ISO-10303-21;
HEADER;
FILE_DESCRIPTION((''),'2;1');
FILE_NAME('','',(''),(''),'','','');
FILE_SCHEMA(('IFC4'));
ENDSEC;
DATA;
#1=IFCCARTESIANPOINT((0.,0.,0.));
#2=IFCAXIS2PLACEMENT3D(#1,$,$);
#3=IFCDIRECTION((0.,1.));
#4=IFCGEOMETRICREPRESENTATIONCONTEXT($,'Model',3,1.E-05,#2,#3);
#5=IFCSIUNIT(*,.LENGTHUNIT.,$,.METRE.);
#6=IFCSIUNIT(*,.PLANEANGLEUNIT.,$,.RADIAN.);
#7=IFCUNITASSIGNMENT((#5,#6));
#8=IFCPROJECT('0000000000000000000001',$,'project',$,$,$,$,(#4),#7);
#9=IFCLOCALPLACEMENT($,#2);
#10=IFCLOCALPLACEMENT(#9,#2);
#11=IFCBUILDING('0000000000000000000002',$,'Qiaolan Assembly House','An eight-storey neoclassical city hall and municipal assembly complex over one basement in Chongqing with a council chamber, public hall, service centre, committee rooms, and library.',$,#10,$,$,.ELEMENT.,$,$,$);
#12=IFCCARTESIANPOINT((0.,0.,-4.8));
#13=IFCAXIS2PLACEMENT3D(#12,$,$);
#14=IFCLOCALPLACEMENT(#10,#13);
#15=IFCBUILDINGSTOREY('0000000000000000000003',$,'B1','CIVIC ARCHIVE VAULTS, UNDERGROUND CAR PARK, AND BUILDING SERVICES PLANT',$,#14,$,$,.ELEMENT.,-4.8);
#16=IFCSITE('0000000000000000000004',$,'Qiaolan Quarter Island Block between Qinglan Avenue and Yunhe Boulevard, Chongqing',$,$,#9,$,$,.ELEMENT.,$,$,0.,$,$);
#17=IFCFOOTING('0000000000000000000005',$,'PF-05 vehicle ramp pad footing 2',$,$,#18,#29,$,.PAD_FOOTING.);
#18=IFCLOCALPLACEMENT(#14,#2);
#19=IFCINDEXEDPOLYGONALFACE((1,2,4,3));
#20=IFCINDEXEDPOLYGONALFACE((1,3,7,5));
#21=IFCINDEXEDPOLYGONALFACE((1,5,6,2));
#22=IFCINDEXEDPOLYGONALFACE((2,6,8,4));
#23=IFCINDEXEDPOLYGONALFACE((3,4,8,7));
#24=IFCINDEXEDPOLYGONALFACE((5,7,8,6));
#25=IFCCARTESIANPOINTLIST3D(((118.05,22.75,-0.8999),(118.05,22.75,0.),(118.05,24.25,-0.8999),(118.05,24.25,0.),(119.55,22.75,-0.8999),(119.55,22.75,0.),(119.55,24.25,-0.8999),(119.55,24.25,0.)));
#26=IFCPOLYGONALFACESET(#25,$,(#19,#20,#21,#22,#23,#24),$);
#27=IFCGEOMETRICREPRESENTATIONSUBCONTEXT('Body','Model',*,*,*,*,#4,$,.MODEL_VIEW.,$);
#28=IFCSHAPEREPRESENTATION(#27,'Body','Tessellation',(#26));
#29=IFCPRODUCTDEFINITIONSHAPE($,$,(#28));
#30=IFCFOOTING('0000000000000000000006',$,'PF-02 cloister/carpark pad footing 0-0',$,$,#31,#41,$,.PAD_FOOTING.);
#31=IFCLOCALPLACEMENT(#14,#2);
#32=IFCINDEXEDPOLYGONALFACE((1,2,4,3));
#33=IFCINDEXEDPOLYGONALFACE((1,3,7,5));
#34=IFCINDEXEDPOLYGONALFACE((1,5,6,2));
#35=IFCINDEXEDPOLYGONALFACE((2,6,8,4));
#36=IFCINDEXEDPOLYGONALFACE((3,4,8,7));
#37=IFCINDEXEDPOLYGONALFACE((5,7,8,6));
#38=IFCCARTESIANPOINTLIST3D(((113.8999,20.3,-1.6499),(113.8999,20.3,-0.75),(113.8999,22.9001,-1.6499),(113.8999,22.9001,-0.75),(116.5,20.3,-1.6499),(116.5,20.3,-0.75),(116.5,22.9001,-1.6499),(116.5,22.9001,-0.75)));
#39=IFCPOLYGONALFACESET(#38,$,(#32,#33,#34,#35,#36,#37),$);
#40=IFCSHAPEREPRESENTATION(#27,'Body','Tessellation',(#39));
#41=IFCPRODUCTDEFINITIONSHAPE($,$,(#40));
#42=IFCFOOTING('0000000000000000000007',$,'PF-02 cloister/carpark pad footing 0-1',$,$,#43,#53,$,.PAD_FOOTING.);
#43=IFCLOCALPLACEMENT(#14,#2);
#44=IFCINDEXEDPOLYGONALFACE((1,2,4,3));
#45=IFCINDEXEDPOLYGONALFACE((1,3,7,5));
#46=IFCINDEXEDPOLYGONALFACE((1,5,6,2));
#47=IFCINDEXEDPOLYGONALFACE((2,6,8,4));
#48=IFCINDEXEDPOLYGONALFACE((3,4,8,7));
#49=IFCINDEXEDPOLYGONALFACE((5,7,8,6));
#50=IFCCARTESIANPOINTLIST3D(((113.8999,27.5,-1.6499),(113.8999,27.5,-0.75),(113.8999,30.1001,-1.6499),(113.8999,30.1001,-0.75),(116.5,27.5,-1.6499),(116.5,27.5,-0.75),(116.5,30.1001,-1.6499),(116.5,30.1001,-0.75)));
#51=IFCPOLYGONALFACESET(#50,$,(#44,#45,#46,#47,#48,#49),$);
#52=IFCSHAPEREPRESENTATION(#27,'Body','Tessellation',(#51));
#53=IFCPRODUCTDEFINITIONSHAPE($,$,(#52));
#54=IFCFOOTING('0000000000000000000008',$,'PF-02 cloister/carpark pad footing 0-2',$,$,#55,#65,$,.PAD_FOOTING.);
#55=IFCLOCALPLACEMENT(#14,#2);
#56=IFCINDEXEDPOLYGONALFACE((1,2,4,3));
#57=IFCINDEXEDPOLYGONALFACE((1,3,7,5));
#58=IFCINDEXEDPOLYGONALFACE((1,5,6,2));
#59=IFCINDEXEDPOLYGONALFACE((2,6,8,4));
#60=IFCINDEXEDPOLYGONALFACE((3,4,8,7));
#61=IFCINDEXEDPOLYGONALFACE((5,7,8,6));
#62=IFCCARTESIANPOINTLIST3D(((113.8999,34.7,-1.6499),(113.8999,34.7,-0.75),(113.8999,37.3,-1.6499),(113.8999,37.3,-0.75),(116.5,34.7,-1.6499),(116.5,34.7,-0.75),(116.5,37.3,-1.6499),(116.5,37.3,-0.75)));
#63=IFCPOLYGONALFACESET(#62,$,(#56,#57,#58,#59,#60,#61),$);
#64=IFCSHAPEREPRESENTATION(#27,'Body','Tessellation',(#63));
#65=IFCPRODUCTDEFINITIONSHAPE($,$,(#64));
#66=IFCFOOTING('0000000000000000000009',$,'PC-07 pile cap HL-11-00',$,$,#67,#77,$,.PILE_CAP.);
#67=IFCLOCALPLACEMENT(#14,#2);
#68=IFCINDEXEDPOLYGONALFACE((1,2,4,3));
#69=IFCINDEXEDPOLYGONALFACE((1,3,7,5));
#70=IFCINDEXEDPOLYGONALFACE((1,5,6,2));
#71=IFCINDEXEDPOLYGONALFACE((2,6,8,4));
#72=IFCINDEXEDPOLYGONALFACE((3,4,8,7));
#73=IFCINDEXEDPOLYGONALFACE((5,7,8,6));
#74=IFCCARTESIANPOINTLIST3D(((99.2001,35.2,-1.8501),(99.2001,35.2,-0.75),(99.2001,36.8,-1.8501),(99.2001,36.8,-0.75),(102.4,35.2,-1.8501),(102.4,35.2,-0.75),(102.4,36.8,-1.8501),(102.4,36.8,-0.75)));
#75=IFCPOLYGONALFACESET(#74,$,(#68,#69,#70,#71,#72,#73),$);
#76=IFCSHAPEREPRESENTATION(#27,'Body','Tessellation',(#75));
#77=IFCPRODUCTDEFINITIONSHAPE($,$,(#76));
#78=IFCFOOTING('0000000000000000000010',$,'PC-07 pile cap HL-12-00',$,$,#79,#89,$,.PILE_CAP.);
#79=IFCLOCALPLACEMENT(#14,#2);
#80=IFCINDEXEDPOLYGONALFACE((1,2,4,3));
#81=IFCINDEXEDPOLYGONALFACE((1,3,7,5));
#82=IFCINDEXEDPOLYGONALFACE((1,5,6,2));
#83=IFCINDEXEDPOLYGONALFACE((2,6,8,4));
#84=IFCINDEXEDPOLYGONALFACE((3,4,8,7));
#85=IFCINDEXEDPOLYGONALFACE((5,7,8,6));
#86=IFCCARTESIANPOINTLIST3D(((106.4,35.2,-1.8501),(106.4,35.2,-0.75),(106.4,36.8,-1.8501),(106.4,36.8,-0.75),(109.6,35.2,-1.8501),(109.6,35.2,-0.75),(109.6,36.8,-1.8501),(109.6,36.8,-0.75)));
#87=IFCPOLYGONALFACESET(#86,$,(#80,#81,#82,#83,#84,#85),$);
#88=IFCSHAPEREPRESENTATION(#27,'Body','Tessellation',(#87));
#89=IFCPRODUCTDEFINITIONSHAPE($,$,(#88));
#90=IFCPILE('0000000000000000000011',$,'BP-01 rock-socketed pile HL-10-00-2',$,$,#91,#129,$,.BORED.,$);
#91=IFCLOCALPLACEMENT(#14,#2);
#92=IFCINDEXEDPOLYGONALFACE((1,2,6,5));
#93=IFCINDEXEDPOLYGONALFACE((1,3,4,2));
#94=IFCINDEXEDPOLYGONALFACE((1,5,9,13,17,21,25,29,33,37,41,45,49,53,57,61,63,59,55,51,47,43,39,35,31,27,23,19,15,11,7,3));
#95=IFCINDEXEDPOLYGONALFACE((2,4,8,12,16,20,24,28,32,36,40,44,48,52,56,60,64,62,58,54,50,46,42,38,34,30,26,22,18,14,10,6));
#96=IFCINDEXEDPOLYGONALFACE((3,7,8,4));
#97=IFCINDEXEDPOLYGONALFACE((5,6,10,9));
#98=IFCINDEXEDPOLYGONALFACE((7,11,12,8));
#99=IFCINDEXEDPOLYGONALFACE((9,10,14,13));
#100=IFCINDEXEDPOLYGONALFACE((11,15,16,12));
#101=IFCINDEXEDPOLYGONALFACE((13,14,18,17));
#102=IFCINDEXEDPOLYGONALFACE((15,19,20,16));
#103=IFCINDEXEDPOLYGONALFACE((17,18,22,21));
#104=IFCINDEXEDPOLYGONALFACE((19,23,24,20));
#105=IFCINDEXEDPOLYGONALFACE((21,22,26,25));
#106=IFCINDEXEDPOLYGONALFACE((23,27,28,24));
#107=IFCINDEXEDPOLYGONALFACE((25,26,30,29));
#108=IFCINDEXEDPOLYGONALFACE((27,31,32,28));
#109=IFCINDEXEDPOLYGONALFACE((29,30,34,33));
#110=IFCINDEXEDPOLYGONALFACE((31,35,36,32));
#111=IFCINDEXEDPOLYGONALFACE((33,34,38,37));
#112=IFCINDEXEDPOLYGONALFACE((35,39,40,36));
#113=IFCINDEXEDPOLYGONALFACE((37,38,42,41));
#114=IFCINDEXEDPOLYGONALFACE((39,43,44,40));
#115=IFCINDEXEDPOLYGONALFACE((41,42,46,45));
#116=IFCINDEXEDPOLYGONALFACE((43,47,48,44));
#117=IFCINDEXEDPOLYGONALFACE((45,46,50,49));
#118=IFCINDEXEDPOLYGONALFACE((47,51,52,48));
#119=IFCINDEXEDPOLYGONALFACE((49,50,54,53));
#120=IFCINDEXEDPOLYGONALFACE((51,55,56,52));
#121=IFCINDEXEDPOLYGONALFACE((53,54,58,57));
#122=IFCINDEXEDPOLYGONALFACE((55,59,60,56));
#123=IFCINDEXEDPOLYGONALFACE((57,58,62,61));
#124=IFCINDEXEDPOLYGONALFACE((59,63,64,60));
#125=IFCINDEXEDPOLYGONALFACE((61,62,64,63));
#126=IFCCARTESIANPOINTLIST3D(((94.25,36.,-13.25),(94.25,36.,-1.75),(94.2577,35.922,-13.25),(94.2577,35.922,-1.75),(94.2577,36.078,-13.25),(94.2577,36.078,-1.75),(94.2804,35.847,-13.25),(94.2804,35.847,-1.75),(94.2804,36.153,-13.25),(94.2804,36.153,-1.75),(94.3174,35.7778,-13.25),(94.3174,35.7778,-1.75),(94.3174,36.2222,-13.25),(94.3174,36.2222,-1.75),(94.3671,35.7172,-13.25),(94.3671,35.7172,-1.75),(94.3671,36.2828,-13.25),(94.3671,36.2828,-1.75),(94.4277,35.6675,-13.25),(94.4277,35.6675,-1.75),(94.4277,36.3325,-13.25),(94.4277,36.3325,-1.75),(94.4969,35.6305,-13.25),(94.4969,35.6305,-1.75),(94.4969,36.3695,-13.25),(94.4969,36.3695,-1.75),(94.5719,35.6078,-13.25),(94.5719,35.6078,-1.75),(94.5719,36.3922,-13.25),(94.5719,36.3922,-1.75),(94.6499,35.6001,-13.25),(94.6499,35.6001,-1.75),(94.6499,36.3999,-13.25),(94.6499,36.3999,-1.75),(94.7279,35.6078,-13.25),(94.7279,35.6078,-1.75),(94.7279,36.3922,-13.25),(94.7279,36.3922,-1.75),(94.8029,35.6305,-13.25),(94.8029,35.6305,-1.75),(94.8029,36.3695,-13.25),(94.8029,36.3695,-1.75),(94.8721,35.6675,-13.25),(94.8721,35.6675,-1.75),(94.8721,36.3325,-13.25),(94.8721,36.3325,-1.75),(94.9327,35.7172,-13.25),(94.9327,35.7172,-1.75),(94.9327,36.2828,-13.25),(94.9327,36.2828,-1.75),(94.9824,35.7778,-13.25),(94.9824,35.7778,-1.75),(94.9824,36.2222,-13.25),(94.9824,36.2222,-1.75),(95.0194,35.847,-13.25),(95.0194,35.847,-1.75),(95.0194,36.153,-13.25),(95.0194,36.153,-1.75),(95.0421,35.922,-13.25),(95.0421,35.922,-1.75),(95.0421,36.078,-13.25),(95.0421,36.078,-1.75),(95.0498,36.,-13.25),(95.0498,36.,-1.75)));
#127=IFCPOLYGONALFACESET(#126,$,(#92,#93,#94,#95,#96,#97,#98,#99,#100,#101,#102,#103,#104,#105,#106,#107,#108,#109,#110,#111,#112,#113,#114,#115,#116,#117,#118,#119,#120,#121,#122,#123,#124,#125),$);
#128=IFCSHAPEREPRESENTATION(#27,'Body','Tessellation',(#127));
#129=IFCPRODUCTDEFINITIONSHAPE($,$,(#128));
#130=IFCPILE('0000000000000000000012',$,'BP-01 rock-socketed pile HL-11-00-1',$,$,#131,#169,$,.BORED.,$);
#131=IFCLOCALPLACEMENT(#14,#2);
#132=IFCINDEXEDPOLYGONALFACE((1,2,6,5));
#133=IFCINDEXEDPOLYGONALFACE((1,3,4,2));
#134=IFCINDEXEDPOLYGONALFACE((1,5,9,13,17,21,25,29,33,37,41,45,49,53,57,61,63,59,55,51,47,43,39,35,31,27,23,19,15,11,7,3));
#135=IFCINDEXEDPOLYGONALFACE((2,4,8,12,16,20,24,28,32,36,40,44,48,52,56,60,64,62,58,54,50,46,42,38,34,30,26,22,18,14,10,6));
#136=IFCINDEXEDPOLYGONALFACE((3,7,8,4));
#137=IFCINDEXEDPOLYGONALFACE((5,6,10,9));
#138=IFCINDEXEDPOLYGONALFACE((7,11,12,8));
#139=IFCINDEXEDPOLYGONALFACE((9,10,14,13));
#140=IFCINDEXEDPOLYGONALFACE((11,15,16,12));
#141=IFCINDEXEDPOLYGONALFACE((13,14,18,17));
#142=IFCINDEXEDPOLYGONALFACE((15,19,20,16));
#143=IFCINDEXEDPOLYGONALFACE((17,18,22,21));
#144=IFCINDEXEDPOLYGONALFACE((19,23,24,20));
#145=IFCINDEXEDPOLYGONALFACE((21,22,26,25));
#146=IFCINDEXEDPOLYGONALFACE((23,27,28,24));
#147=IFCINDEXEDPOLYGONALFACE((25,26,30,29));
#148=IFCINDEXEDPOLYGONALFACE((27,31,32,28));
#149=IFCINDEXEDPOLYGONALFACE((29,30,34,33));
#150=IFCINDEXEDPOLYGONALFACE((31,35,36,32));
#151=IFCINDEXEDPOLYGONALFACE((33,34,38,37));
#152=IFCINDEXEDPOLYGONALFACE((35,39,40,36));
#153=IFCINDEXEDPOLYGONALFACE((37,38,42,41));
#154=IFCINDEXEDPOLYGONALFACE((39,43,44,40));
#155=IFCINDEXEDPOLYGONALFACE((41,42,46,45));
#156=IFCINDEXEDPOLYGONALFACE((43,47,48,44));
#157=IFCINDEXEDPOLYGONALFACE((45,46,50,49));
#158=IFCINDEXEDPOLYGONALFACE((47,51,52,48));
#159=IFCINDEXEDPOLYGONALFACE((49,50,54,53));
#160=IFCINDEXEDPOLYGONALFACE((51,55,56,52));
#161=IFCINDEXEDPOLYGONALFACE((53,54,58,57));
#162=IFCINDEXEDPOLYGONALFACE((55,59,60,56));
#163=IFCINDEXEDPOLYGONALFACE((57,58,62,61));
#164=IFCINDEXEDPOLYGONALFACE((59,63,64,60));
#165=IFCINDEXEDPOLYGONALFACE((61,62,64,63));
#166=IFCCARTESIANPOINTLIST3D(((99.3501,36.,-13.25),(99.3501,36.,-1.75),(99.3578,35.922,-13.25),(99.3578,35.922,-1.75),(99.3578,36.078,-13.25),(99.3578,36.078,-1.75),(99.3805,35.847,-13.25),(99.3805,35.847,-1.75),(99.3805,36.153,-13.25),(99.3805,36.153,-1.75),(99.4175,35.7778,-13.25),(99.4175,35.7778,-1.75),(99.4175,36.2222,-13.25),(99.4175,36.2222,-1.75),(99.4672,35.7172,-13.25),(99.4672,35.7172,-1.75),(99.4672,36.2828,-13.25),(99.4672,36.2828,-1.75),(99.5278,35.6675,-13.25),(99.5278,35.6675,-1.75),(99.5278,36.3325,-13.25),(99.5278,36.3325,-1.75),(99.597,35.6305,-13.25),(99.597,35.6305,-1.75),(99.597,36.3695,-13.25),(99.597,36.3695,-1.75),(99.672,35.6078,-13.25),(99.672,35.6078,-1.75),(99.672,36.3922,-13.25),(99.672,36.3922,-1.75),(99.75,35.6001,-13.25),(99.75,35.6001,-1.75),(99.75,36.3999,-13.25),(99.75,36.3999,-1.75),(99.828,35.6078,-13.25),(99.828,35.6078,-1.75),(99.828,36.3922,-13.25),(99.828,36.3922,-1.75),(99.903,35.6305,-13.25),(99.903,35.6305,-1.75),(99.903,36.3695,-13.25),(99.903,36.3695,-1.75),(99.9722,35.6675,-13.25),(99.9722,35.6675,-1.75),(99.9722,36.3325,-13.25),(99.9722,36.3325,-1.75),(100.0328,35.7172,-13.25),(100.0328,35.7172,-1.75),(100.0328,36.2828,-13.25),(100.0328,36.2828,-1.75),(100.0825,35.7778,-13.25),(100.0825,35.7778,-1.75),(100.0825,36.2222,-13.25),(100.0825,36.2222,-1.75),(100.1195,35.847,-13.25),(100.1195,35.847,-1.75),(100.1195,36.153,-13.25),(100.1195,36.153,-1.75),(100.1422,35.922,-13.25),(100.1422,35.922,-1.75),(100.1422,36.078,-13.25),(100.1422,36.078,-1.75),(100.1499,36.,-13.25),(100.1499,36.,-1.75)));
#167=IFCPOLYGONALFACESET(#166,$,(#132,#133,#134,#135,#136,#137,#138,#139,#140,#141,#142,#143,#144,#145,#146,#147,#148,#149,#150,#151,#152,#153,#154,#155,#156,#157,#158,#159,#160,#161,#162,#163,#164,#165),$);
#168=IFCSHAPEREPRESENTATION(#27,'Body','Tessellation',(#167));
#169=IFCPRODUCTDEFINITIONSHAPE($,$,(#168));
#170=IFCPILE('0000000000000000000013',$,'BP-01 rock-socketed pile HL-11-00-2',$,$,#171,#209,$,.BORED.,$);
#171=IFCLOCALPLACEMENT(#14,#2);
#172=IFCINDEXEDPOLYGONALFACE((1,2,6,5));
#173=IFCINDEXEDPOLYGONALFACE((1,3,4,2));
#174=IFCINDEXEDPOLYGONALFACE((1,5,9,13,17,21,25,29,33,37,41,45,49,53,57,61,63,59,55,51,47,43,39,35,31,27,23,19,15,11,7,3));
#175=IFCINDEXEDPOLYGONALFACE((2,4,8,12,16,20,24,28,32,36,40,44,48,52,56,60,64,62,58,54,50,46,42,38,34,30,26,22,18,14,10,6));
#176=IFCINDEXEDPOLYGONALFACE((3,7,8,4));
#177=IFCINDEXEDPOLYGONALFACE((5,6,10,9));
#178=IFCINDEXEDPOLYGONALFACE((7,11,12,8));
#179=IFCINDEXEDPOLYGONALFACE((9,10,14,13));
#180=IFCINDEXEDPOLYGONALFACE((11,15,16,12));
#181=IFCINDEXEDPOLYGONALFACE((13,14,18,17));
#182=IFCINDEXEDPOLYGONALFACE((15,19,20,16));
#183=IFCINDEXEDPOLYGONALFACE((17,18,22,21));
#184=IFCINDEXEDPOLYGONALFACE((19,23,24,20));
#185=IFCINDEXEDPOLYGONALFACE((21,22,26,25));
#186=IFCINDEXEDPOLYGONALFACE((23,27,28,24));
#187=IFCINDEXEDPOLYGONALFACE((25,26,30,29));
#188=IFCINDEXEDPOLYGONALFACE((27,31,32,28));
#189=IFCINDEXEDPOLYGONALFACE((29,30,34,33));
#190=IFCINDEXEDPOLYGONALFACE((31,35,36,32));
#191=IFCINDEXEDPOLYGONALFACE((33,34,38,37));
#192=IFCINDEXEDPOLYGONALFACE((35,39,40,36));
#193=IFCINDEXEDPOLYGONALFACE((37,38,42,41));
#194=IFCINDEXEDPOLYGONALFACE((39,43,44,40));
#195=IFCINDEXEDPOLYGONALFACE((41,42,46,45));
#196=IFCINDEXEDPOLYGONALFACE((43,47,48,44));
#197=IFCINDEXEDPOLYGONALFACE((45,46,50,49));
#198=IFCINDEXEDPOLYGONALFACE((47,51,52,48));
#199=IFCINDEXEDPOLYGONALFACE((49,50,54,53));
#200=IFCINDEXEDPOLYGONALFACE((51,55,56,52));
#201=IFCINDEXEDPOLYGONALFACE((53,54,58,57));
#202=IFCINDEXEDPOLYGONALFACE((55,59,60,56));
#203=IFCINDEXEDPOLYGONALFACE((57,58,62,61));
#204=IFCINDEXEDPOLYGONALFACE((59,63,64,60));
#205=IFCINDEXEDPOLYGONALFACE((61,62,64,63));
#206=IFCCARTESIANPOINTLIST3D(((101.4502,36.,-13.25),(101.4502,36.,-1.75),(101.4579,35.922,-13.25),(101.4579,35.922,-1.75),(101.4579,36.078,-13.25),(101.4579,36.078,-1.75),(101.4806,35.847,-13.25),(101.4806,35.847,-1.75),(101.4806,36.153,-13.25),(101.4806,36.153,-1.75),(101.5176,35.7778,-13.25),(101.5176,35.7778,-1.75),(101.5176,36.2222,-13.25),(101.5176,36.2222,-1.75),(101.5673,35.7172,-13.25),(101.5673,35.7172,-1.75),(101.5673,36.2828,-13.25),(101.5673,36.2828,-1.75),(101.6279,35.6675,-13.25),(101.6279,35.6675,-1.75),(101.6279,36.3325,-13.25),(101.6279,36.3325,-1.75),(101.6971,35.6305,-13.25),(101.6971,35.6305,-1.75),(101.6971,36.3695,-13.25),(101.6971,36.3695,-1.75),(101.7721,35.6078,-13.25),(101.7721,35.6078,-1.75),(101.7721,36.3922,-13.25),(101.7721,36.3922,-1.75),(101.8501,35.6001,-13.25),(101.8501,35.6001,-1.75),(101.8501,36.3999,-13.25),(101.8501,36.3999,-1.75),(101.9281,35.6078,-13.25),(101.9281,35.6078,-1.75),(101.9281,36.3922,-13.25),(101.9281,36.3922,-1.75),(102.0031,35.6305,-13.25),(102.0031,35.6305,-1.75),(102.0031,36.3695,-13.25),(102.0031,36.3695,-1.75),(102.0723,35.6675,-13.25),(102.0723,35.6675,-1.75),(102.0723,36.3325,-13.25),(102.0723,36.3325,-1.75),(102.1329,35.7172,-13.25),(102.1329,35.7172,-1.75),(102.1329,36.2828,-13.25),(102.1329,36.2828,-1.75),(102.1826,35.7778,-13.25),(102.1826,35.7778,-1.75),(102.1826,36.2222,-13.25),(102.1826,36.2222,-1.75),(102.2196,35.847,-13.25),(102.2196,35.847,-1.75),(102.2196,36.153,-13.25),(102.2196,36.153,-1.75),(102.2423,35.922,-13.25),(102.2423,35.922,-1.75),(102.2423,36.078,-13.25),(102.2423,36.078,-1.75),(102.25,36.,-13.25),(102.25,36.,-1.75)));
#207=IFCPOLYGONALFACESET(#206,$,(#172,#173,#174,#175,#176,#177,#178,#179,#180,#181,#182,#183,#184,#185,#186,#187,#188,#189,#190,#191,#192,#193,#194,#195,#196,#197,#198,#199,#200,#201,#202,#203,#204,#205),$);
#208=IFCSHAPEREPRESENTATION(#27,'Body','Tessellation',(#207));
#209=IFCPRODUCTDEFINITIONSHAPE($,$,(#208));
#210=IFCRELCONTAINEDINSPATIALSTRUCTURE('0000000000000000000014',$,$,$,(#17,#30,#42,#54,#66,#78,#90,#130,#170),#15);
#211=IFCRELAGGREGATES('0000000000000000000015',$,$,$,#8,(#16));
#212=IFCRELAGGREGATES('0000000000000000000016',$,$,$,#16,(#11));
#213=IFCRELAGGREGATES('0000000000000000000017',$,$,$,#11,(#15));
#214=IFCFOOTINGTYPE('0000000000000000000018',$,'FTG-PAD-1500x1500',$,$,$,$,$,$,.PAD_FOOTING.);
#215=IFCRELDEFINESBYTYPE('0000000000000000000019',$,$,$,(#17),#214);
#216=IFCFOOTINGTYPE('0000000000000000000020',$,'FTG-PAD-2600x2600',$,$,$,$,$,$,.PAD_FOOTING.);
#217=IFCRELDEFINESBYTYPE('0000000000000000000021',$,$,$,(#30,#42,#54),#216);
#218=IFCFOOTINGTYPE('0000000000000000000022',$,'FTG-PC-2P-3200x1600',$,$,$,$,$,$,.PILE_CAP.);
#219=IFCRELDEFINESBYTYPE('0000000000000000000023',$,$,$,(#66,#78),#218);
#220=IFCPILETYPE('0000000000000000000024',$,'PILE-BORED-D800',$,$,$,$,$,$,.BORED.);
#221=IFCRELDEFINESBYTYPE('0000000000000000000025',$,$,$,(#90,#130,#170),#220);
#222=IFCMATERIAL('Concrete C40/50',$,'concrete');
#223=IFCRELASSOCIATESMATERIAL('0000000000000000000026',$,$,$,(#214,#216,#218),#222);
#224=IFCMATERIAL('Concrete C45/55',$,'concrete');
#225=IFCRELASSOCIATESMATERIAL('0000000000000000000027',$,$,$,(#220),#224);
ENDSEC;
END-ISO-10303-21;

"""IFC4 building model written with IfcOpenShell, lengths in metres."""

from ifc_helpers import new_model, si_unit, direction, frame, origin, origin_2d, place, context, subcontext, project, spatial, rectangle, circle, extrude, material, material_profile, profile_set, type_object, element, save


model = new_model("IFC4")

# Units and contexts
model_context = context("Model", 3, precision=1e-05, world=origin(), true_north=direction((0.0, 1.0)))
body_context = subcontext(model_context, "Body", "Model", "MODEL_VIEW")
ifc_project = project(units=[si_unit("LENGTHUNIT", "METRE"), si_unit("PLANEANGLEUNIT", "RADIAN")], contexts=[model_context])

# Site, building, storey
site_placement = place(None, origin())
site = spatial("IfcSite", under=ifc_project, at=site_placement, Name="Qiaolan Quarter Island Block between Qinglan Avenue and Yunhe Boulevard, Chongqing", CompositionType="ELEMENT", RefElevation=0.0)
building_placement = place(site_placement, origin())
building = spatial("IfcBuilding", under=site, at=building_placement, Name="Qiaolan Assembly House", Description="An eight-storey neoclassical city hall and municipal assembly complex over one basement in Chongqing with a council chamber, public hall, service centre, committee rooms, and library.", CompositionType="ELEMENT")
storey_placement = place(building_placement, frame((0.0, 0.0, -4.8)))
storey = spatial("IfcBuildingStorey", under=building, at=storey_placement, Name="B1", Description="CIVIC ARCHIVE VAULTS, UNDERGROUND CAR PARK, AND BUILDING SERVICES PLANT", CompositionType="ELEMENT", Elevation=-4.8)

# Footings
ifc_material_1 = material(Name="Concrete C40/50", Category="concrete")
footing_type_1 = type_object("IfcFootingType", Name="FTG-PAD-1500x1500", PredefinedType="PAD_FOOTING", material=ifc_material_1)
footing_placement = place(storey_placement, frame((118.8, 23.5, -0.8999), z_axis=(0.0, 0.0, 1.0), x_axis=(1.0, 0.0, 0.0)))
element("IfcFooting", 1, at=footing_placement, inside=storey, type_object=footing_type_1, Name="PF-05 vehicle ramp pad footing 2", PredefinedType="PAD_FOOTING", context=body_context, shape_type="SweptSolid", body=[
    extrude(rectangle(XDim=1.5, YDim=1.5, at=origin_2d()), origin(), (0.0, 0.0, 1.0), 0.8999),
])
footing_type_2 = type_object("IfcFootingType", Name="FTG-PAD-2600x2600", PredefinedType="PAD_FOOTING", material=ifc_material_1)
for number, where, z_axis, x_axis, name in (
    (2, (115.2, 21.6001, -1.6499), (0.0, 0.0, 1.0), (1.0, 0.0, 0.0), "PF-02 cloister/carpark pad footing 0-0"),
    (3, (115.2, 28.8, -1.6499), (0.0, 0.0, 1.0), (1.0, 0.0, 0.0), "PF-02 cloister/carpark pad footing 0-1"),
    (4, (115.2, 36.0, -1.6499), (0.0, 0.0, 1.0), (1.0, 0.0, 0.0), "PF-02 cloister/carpark pad footing 0-2"),
):
    element("IfcFooting", number, at=place(storey_placement, frame(where, z_axis=z_axis, x_axis=x_axis)), inside=storey, type_object=footing_type_2, Name=name, PredefinedType="PAD_FOOTING", context=body_context, shape_type="SweptSolid", body=[
        extrude(rectangle(XDim=2.6001, YDim=2.6001, at=origin_2d()), origin(), (0.0, 0.0, 1.0), 0.8999),
    ])
footing_type_3 = type_object("IfcFootingType", Name="FTG-PC-2P-3200x1600", PredefinedType="PILE_CAP", material=ifc_material_1)
for number, where, z_axis, x_axis, name in (
    (5, (100.8, 36.0, -1.8501), (0.0, 0.0, 1.0), (1.0, 0.0, 0.0), "PC-07 pile cap HL-11-00"),
    (6, (108.0, 36.0, -1.8501), (0.0, 0.0, 1.0), (1.0, 0.0, 0.0), "PC-07 pile cap HL-12-00"),
):
    element("IfcFooting", number, at=place(storey_placement, frame(where, z_axis=z_axis, x_axis=x_axis)), inside=storey, type_object=footing_type_3, Name=name, PredefinedType="PILE_CAP", context=body_context, shape_type="SweptSolid", body=[
        extrude(rectangle(XDim=3.2, YDim=1.6001, at=origin_2d()), origin(), (0.0, 0.0, 1.0), 1.1001),
    ])

# Piles
ifc_material_2 = material(Name="Concrete C45/55", Category="concrete")
ifc_material_profile_1 = material_profile(ifc_material_2, circle(Radius=0.3999, at=origin_2d()), Name="PILE D800")
ifc_profile_set_1 = profile_set([ifc_material_profile_1], Name="Concrete C45/55")
pile_type = type_object("IfcPileType", Name="PILE-BORED-D800", PredefinedType="BORED", material=ifc_profile_set_1)
for number, where, z_axis, x_axis, name in (
    (7, (94.6499, 36.0, -1.75), (0.0, 0.0, -1.0), (1.0, 0.0, 0.0), "BP-01 rock-socketed pile HL-10-00-2"),
    (8, (99.75, 36.0, -1.75), (0.0, 0.0, -1.0), (1.0, 0.0, 0.0), "BP-01 rock-socketed pile HL-11-00-1"),
    (9, (101.8501, 36.0, -1.75), (0.0, 0.0, -1.0), (1.0, 0.0, 0.0), "BP-01 rock-socketed pile HL-11-00-2"),
):
    element("IfcPile", number, at=place(storey_placement, frame(where, z_axis=z_axis, x_axis=x_axis)), inside=storey, type_object=pile_type, Name=name, PredefinedType="BORED", context=body_context, shape_type="SweptSolid", body=[
        extrude(circle(Radius=0.3999, at=origin_2d()), origin(), (0.0, 0.0, 1.0), 11.5),
    ])

save(model, "model.ifc")
